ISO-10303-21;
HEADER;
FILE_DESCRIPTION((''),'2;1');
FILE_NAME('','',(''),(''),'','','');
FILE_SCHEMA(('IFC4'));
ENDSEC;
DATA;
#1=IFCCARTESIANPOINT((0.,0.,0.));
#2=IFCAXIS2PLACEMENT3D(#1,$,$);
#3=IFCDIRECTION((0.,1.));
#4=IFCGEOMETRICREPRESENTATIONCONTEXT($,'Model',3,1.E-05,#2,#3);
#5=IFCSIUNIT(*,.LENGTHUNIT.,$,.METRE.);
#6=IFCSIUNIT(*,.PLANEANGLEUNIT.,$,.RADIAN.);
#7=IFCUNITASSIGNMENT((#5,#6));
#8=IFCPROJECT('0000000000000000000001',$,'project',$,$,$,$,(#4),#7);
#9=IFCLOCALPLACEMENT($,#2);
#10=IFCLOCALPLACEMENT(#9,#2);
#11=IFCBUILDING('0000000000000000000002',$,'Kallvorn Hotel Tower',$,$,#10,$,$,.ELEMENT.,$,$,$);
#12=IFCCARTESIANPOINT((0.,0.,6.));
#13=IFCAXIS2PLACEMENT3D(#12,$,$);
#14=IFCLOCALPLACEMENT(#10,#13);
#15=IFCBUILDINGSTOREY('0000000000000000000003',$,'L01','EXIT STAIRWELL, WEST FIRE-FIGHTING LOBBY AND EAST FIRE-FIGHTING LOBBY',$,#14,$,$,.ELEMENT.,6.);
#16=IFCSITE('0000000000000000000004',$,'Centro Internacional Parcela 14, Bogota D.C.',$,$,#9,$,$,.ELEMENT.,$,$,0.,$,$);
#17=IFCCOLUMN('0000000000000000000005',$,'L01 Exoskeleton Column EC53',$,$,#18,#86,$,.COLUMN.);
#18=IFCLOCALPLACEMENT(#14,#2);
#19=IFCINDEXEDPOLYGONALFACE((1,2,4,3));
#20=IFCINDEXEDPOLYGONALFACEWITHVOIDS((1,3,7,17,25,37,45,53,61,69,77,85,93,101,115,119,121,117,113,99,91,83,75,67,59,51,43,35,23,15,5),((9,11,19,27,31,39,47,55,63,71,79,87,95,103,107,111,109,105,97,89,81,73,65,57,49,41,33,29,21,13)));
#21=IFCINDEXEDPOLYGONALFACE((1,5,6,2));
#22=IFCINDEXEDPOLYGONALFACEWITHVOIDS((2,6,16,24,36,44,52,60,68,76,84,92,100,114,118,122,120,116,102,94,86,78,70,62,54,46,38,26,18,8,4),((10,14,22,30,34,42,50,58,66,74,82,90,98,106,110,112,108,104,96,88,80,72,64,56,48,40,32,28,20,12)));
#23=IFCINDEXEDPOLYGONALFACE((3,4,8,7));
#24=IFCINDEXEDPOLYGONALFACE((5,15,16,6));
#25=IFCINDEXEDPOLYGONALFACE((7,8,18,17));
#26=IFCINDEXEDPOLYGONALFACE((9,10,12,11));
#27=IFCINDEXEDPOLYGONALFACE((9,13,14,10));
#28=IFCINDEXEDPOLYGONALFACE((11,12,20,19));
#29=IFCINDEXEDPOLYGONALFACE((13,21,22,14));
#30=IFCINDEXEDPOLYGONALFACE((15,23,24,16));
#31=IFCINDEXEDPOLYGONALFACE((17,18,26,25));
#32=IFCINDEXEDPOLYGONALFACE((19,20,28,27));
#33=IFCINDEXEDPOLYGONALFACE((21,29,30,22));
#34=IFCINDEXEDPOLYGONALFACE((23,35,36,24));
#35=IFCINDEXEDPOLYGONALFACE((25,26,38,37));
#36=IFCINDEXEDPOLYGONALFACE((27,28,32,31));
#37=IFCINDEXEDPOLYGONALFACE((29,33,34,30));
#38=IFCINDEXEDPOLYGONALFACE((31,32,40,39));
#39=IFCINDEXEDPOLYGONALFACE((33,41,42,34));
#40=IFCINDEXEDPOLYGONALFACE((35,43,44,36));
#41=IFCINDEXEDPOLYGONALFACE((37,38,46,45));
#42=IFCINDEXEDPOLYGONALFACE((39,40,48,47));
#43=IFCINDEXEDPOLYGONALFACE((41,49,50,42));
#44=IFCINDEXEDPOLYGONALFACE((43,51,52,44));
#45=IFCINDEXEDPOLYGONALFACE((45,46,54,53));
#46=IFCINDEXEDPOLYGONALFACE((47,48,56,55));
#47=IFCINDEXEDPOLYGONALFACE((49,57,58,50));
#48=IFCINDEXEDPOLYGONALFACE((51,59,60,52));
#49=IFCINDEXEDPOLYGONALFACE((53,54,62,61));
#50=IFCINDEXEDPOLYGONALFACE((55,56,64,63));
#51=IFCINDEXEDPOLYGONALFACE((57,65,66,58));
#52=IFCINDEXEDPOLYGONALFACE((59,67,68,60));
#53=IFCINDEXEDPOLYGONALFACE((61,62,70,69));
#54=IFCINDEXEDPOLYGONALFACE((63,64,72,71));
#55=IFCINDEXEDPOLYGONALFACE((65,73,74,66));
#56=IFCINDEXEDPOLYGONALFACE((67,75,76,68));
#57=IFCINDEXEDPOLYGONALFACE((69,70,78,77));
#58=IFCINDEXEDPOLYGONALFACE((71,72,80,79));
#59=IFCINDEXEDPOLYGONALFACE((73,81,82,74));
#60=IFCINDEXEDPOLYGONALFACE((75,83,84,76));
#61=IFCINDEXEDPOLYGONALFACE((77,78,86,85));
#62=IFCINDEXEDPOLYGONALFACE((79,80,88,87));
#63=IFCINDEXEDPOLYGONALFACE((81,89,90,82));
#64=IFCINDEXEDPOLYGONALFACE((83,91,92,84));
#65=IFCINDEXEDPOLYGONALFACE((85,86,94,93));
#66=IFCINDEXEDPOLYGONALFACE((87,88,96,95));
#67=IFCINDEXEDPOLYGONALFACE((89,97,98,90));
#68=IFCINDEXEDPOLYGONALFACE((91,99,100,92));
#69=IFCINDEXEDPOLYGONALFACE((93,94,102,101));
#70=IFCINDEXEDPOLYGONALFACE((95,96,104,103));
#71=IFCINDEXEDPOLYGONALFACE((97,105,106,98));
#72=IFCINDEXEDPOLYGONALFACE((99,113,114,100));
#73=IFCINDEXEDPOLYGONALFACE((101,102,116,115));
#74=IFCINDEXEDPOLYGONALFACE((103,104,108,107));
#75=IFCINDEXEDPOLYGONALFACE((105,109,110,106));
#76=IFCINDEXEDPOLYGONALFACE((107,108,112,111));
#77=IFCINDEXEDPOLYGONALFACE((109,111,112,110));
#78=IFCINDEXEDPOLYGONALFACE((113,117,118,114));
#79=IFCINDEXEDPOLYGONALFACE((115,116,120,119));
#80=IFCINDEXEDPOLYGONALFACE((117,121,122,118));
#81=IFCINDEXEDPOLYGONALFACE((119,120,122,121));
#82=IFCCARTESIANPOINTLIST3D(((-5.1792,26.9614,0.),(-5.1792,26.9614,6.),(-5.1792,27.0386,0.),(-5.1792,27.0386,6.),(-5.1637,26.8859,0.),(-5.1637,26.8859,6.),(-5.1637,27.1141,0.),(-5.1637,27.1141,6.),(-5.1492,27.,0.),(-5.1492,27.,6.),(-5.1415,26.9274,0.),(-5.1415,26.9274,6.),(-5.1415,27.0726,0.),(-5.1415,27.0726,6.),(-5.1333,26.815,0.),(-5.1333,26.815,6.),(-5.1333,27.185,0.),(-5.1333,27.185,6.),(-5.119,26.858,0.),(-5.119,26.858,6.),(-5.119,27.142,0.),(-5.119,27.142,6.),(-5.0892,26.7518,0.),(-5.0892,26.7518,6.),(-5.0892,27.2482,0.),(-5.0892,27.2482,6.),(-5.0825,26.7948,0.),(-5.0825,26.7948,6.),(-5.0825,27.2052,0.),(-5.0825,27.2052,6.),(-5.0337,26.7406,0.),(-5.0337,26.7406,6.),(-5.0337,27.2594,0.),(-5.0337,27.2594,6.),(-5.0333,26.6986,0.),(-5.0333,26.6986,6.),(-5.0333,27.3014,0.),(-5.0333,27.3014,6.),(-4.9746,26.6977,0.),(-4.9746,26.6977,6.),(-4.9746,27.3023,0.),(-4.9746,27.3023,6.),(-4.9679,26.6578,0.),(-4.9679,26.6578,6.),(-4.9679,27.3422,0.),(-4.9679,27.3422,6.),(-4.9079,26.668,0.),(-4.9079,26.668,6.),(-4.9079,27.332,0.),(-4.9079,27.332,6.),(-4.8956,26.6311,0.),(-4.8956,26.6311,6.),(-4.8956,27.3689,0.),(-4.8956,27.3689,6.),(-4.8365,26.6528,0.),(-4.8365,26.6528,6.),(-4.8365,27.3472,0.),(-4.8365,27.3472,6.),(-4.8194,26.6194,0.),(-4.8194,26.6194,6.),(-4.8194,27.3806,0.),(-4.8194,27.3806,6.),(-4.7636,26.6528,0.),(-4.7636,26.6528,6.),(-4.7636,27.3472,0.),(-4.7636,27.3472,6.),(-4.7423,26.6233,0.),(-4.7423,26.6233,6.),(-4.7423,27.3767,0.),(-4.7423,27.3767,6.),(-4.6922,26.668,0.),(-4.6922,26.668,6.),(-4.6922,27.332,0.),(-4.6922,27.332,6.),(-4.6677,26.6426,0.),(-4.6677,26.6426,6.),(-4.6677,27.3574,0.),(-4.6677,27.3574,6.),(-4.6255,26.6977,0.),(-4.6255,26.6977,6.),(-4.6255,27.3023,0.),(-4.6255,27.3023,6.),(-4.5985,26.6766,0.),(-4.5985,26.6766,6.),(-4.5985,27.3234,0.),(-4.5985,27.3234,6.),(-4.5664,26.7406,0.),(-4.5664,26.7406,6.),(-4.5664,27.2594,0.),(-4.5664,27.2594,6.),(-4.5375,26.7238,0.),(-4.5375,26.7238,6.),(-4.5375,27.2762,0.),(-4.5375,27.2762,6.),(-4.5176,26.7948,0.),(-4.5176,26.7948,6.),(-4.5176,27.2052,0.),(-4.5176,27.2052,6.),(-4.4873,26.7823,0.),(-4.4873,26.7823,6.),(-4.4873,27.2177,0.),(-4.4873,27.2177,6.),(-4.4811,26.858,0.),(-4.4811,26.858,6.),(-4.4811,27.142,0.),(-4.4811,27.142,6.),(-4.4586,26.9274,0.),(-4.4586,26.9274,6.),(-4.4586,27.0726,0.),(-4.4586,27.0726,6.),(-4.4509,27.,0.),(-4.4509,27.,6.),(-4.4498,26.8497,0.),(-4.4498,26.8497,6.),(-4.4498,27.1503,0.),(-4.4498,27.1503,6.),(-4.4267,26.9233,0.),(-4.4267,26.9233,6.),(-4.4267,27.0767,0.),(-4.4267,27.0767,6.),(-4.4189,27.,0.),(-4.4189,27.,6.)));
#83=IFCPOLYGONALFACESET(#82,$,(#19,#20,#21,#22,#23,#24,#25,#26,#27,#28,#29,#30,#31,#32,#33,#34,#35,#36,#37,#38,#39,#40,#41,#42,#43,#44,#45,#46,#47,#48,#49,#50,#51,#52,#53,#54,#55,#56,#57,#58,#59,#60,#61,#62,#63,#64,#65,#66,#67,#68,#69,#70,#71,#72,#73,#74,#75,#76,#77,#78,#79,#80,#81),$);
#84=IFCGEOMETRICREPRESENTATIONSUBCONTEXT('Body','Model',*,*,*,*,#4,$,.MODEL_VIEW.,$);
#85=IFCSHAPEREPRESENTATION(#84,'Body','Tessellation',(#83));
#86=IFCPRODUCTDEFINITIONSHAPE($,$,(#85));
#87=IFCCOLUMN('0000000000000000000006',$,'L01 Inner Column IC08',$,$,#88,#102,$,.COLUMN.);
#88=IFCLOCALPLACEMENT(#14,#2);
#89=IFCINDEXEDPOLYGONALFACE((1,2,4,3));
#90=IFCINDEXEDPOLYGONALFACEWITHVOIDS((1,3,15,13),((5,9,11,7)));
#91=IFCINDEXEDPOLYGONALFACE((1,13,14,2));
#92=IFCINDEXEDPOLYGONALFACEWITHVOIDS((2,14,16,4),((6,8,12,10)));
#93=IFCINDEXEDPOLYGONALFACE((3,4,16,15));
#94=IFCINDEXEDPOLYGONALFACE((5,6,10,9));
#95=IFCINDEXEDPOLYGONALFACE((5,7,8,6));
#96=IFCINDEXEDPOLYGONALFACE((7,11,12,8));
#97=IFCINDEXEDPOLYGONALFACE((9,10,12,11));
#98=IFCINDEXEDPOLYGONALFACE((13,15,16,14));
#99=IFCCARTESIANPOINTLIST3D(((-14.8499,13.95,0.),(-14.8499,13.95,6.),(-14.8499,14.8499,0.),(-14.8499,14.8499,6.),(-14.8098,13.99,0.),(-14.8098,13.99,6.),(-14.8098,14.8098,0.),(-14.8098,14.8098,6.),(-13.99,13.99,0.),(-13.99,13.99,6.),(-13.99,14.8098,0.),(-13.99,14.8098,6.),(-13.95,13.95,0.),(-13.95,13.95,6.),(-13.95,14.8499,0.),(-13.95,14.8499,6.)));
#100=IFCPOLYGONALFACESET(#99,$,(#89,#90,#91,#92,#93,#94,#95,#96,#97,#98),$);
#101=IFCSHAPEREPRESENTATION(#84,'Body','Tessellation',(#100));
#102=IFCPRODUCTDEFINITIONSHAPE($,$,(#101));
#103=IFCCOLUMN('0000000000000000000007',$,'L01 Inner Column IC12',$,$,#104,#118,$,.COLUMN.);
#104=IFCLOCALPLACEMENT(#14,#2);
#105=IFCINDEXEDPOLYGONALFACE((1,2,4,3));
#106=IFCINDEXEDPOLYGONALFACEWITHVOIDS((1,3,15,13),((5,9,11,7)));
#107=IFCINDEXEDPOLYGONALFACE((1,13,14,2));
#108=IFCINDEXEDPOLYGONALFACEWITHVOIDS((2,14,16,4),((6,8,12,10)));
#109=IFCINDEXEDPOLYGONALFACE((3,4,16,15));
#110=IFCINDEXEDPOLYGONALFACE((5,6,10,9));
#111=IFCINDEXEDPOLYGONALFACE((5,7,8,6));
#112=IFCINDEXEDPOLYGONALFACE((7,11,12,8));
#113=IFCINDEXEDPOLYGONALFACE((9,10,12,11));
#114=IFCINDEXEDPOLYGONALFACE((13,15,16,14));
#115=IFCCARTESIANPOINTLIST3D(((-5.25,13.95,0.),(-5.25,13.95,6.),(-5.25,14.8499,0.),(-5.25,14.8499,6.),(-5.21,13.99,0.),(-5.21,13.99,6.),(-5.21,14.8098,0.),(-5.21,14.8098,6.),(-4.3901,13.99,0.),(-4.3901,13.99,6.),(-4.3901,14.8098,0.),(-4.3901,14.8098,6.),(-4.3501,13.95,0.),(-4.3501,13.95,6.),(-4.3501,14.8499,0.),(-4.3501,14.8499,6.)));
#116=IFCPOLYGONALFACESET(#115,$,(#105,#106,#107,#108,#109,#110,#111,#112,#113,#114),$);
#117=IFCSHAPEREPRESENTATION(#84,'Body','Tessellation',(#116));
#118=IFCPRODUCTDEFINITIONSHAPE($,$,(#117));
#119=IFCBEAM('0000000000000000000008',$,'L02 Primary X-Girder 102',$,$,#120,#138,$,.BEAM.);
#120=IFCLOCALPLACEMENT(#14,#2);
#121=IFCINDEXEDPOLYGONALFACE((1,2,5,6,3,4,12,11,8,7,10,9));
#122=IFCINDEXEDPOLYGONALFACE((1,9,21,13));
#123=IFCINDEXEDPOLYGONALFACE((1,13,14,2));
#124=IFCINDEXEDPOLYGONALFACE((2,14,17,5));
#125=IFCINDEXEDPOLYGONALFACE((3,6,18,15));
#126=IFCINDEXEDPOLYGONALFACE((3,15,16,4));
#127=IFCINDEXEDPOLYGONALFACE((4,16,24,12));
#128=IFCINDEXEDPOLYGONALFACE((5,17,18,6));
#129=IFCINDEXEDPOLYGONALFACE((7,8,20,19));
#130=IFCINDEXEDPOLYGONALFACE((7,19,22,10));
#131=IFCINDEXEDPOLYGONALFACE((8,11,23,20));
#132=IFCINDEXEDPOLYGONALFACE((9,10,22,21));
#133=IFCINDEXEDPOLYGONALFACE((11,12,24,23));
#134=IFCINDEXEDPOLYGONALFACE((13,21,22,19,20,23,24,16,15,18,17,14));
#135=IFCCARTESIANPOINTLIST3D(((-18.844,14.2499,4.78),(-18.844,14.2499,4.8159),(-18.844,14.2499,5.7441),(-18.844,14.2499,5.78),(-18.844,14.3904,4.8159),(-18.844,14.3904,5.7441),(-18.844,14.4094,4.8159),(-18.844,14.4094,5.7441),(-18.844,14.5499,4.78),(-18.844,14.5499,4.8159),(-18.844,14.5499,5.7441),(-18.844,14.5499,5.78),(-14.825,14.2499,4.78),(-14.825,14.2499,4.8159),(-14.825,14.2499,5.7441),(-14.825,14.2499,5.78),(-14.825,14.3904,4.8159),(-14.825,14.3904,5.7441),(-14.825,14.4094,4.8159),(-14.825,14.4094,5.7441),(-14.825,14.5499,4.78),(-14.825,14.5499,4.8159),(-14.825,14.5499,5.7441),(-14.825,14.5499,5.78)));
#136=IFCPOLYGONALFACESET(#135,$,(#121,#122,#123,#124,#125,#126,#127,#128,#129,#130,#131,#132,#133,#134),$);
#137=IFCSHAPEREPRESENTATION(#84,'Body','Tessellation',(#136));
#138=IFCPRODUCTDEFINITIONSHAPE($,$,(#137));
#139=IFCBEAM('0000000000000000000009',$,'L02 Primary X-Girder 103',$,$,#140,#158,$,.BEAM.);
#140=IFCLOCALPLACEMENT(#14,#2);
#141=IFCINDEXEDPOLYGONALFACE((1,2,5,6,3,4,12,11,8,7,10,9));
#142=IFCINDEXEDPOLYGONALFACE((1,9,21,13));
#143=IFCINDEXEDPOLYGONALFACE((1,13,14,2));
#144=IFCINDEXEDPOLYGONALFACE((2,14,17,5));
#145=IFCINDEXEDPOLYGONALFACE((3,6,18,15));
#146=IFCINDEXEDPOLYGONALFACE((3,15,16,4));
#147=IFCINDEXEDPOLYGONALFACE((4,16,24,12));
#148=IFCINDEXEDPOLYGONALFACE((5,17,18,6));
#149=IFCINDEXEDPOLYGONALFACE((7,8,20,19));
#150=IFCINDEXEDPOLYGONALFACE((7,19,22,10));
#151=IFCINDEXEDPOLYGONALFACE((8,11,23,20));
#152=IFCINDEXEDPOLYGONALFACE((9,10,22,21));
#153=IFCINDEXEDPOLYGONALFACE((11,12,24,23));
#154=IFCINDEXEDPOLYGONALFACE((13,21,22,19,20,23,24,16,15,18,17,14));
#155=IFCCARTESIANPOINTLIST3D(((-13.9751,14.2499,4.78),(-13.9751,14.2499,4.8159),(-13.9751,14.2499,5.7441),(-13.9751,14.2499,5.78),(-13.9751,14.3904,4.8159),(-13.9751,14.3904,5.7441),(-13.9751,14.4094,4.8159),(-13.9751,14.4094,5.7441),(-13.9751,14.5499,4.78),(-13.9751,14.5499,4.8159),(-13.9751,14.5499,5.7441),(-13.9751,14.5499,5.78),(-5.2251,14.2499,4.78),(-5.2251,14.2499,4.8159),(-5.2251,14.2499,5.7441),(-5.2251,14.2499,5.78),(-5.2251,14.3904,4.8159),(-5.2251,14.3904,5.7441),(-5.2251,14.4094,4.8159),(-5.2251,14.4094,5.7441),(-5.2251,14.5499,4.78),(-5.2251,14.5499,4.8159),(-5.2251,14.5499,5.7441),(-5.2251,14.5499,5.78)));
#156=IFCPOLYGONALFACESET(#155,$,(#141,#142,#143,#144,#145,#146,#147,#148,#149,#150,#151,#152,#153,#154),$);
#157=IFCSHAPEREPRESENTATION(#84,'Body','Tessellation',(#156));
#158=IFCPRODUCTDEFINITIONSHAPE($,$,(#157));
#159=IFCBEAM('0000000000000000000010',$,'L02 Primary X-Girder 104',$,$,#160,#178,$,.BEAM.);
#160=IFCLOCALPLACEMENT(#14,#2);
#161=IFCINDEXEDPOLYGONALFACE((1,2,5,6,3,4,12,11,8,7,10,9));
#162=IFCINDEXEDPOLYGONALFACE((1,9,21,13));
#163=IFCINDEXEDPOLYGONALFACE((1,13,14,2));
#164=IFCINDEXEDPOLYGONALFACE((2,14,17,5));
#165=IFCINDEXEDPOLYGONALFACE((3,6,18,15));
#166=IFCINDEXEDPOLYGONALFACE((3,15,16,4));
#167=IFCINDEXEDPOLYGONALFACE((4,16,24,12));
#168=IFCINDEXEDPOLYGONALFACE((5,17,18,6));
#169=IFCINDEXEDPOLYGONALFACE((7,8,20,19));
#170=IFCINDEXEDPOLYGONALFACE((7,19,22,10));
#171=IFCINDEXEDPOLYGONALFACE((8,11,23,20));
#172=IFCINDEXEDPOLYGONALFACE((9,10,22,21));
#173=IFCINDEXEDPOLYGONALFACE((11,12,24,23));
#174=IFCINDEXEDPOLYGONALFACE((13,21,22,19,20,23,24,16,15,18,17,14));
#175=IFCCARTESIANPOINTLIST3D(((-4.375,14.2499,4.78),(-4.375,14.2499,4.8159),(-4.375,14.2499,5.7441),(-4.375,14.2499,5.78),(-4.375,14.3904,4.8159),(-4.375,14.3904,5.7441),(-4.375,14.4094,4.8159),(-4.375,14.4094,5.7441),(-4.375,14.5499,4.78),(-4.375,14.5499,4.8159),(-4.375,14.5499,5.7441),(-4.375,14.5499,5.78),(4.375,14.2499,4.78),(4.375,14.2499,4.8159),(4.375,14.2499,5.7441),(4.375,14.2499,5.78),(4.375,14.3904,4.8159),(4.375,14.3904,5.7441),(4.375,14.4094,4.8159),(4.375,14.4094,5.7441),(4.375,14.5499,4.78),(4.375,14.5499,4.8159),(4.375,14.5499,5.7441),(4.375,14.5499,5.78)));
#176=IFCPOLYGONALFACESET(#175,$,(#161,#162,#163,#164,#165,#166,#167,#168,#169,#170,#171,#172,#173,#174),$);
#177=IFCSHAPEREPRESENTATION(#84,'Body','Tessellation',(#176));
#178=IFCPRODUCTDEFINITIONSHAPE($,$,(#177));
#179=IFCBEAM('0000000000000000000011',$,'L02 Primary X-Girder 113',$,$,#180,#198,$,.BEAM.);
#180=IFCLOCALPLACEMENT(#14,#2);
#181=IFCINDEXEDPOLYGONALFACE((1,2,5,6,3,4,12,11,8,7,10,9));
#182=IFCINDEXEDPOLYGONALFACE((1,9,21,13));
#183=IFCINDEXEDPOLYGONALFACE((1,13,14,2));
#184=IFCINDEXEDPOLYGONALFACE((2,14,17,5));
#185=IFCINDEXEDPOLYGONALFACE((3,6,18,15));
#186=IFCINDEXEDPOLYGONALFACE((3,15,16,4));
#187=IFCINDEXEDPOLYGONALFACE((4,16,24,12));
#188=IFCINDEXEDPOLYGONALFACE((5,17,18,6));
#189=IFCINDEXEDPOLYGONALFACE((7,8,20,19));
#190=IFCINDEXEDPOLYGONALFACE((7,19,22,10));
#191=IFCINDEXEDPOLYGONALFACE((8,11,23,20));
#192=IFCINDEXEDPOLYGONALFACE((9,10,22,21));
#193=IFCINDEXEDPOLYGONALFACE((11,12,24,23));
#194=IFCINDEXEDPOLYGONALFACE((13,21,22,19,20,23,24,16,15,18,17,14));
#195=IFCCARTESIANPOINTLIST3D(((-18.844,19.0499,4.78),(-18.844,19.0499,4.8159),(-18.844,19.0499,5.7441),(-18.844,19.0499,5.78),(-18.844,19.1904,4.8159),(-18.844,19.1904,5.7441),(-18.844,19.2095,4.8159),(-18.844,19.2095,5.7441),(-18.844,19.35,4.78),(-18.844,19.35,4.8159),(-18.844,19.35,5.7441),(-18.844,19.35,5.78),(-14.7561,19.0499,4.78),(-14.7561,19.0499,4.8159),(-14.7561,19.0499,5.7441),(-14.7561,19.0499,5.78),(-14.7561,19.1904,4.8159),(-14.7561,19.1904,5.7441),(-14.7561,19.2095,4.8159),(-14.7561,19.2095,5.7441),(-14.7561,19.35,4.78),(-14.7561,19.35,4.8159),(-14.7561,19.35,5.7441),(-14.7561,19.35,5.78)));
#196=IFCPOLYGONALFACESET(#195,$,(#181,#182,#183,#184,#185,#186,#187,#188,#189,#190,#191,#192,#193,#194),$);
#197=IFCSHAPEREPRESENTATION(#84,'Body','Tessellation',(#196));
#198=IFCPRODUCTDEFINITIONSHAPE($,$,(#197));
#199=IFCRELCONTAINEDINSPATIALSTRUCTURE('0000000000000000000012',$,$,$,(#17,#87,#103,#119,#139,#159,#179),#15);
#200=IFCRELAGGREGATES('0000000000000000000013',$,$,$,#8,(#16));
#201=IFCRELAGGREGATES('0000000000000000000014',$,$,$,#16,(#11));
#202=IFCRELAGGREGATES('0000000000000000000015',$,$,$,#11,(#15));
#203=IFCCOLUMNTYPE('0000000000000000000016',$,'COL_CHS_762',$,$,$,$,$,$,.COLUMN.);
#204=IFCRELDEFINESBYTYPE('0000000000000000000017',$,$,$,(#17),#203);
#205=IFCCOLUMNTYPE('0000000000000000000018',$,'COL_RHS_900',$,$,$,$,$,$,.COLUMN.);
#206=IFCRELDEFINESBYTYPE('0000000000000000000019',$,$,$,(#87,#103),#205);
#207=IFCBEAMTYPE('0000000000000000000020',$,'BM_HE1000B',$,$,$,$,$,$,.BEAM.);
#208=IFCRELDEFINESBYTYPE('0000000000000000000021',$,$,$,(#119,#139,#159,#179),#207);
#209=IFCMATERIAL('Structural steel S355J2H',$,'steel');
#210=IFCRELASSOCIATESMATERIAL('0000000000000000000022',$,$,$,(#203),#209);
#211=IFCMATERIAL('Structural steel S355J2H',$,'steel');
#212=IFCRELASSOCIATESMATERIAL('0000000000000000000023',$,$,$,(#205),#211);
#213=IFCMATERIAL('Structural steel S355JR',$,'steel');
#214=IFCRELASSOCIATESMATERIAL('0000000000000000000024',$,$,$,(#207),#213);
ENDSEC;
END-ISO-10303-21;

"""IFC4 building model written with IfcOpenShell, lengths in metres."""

from ifc_helpers import new_model, si_unit, direction, frame, origin, origin_2d, place, context, subcontext, project, spatial, hollow_rectangle, hollow_circle, i_section, extrude, material, material_profile, profile_set, type_object, element, save


model = new_model("IFC4")

# Units and contexts
model_context = context("Model", 3, precision=1e-05, world=origin(), true_north=direction((0.0, 1.0)))
body_context = subcontext(model_context, "Body", "Model", "MODEL_VIEW")
ifc_project = project(units=[si_unit("LENGTHUNIT", "METRE"), si_unit("PLANEANGLEUNIT", "RADIAN")], contexts=[model_context])

# Site, building, storey
site_placement = place(None, origin())
site = spatial("IfcSite", under=ifc_project, at=site_placement, Name="Centro Internacional Parcela 14, Bogota D.C.", CompositionType="ELEMENT", RefElevation=0.0)
building_placement = place(site_placement, origin())
building = spatial("IfcBuilding", under=site, at=building_placement, Name="Kallvorn Hotel Tower", CompositionType="ELEMENT")
storey_placement = place(building_placement, frame((0.0, 0.0, 6.0)))
storey = spatial("IfcBuildingStorey", under=building, at=storey_placement, Name="L01", Description="EXIT STAIRWELL, WEST FIRE-FIGHTING LOBBY AND EAST FIRE-FIGHTING LOBBY", CompositionType="ELEMENT", Elevation=6.0)

# Columns
ifc_material_1 = material(Name="Structural steel S355J2H", Category="steel")
ifc_material_profile_1 = material_profile(ifc_material_1, hollow_circle(Radius=0.3811, WallThickness=0.032, at=origin_2d()), Name="CHS 762x32")
ifc_profile_set_1 = profile_set([ifc_material_profile_1], Name="Structural steel S355J2H")
column_type_1 = type_object("IfcColumnType", Name="COL_CHS_762", PredefinedType="COLUMN", material=ifc_profile_set_1)
for number, where, z_axis, x_axis, name in (
    (1, (-4.8, 27.0, 0.0), (0.0, 0.0, 1.0), (1.0, 0.0, 0.0), "L01 Exoskeleton Column EC53"),
):
    element("IfcColumn", number, at=place(storey_placement, frame(where, z_axis=z_axis, x_axis=x_axis)), inside=storey, type_object=column_type_1, Name=name, PredefinedType="COLUMN", context=body_context, shape_type="SweptSolid", body=[
        extrude(hollow_circle(Radius=0.3811, WallThickness=0.032, at=origin_2d()), origin(), (0.0, 0.0, 1.0), 6.0),
    ])
ifc_material_2 = material(Name="Structural steel S355J2H", Category="steel")
ifc_material_profile_2 = material_profile(ifc_material_2, hollow_rectangle(XDim=0.8999, YDim=0.8999, WallThickness=0.04, at=origin_2d()), Name="RHS 900x900x40")
ifc_profile_set_2 = profile_set([ifc_material_profile_2], Name="Structural steel S355J2H")
column_type_2 = type_object("IfcColumnType", Name="COL_RHS_900", PredefinedType="COLUMN", material=ifc_profile_set_2)
for number, where, z_axis, x_axis, name in (
    (2, (-14.3999, 14.3999, 0.0), (0.0, 0.0, 1.0), (1.0, 0.0, 0.0), "L01 Inner Column IC08"),
    (3, (-4.8, 14.3999, 0.0), (0.0, 0.0, 1.0), (1.0, 0.0, 0.0), "L01 Inner Column IC12"),
):
    element("IfcColumn", number, at=place(storey_placement, frame(where, z_axis=z_axis, x_axis=x_axis)), inside=storey, type_object=column_type_2, Name=name, PredefinedType="COLUMN", context=body_context, shape_type="SweptSolid", body=[
        extrude(hollow_rectangle(XDim=0.8999, YDim=0.8999, WallThickness=0.04, at=origin_2d()), origin(), (0.0, 0.0, 1.0), 6.0),
    ])

# Beams
ifc_material_3 = material(Name="Structural steel S355JR", Category="steel")
ifc_material_profile_3 = material_profile(ifc_material_3, i_section(OverallWidth=0.3, OverallDepth=1.0, WebThickness=0.019, FlangeThickness=0.0359, at=origin_2d()), Name="HE 1000 B")
ifc_profile_set_3 = profile_set([ifc_material_profile_3], Name="Structural steel S355JR")
beam_type_1 = type_object("IfcBeamType", Name="BM_HE1000B", PredefinedType="BEAM", material=ifc_profile_set_3)
beam_1_placement = place(storey_placement, frame((-18.844, 14.3999, 5.28), z_axis=(1.0, 0.0, 0.0), x_axis=(0.0, 1.0, 0.0)))
element("IfcBeam", 4, at=beam_1_placement, inside=storey, type_object=beam_type_1, Name="L02 Primary X-Girder 102", PredefinedType="BEAM", context=body_context, shape_type="SweptSolid", body=[
    extrude(i_section(OverallWidth=0.3, OverallDepth=1.0, WebThickness=0.019, FlangeThickness=0.0359, at=origin_2d()), origin(), (0.0, 0.0, 1.0), 4.019),
])
for number, where, z_axis, x_axis, name in (
    (5, (-13.9751, 14.3999, 5.28), (1.0, 0.0, 0.0), (0.0, 1.0, 0.0), "L02 Primary X-Girder 103"),
    (6, (-4.375, 14.3999, 5.28), (1.0, 0.0, 0.0), (0.0, 1.0, 0.0), "L02 Primary X-Girder 104"),
):
    element("IfcBeam", number, at=place(storey_placement, frame(where, z_axis=z_axis, x_axis=x_axis)), inside=storey, type_object=beam_type_1, Name=name, PredefinedType="BEAM", context=body_context, shape_type="SweptSolid", body=[
        extrude(i_section(OverallWidth=0.3, OverallDepth=1.0, WebThickness=0.019, FlangeThickness=0.0359, at=origin_2d()), origin(), (0.0, 0.0, 1.0), 8.75),
    ])
for number, where, z_axis, x_axis, name in (
    (7, (-18.844, 19.2, 5.28), (1.0, 0.0, 0.0), (0.0, 1.0, 0.0), "L02 Primary X-Girder 113"),
):
    element("IfcBeam", number, at=place(storey_placement, frame(where, z_axis=z_axis, x_axis=x_axis)), inside=storey, type_object=beam_type_1, Name=name, PredefinedType="BEAM", context=body_context, shape_type="SweptSolid", body=[
        extrude(i_section(OverallWidth=0.3, OverallDepth=1.0, WebThickness=0.019, FlangeThickness=0.0359, at=origin_2d()), origin(), (0.0, 0.0, 1.0), 4.0879),
    ])

save(model, "model.ifc")
